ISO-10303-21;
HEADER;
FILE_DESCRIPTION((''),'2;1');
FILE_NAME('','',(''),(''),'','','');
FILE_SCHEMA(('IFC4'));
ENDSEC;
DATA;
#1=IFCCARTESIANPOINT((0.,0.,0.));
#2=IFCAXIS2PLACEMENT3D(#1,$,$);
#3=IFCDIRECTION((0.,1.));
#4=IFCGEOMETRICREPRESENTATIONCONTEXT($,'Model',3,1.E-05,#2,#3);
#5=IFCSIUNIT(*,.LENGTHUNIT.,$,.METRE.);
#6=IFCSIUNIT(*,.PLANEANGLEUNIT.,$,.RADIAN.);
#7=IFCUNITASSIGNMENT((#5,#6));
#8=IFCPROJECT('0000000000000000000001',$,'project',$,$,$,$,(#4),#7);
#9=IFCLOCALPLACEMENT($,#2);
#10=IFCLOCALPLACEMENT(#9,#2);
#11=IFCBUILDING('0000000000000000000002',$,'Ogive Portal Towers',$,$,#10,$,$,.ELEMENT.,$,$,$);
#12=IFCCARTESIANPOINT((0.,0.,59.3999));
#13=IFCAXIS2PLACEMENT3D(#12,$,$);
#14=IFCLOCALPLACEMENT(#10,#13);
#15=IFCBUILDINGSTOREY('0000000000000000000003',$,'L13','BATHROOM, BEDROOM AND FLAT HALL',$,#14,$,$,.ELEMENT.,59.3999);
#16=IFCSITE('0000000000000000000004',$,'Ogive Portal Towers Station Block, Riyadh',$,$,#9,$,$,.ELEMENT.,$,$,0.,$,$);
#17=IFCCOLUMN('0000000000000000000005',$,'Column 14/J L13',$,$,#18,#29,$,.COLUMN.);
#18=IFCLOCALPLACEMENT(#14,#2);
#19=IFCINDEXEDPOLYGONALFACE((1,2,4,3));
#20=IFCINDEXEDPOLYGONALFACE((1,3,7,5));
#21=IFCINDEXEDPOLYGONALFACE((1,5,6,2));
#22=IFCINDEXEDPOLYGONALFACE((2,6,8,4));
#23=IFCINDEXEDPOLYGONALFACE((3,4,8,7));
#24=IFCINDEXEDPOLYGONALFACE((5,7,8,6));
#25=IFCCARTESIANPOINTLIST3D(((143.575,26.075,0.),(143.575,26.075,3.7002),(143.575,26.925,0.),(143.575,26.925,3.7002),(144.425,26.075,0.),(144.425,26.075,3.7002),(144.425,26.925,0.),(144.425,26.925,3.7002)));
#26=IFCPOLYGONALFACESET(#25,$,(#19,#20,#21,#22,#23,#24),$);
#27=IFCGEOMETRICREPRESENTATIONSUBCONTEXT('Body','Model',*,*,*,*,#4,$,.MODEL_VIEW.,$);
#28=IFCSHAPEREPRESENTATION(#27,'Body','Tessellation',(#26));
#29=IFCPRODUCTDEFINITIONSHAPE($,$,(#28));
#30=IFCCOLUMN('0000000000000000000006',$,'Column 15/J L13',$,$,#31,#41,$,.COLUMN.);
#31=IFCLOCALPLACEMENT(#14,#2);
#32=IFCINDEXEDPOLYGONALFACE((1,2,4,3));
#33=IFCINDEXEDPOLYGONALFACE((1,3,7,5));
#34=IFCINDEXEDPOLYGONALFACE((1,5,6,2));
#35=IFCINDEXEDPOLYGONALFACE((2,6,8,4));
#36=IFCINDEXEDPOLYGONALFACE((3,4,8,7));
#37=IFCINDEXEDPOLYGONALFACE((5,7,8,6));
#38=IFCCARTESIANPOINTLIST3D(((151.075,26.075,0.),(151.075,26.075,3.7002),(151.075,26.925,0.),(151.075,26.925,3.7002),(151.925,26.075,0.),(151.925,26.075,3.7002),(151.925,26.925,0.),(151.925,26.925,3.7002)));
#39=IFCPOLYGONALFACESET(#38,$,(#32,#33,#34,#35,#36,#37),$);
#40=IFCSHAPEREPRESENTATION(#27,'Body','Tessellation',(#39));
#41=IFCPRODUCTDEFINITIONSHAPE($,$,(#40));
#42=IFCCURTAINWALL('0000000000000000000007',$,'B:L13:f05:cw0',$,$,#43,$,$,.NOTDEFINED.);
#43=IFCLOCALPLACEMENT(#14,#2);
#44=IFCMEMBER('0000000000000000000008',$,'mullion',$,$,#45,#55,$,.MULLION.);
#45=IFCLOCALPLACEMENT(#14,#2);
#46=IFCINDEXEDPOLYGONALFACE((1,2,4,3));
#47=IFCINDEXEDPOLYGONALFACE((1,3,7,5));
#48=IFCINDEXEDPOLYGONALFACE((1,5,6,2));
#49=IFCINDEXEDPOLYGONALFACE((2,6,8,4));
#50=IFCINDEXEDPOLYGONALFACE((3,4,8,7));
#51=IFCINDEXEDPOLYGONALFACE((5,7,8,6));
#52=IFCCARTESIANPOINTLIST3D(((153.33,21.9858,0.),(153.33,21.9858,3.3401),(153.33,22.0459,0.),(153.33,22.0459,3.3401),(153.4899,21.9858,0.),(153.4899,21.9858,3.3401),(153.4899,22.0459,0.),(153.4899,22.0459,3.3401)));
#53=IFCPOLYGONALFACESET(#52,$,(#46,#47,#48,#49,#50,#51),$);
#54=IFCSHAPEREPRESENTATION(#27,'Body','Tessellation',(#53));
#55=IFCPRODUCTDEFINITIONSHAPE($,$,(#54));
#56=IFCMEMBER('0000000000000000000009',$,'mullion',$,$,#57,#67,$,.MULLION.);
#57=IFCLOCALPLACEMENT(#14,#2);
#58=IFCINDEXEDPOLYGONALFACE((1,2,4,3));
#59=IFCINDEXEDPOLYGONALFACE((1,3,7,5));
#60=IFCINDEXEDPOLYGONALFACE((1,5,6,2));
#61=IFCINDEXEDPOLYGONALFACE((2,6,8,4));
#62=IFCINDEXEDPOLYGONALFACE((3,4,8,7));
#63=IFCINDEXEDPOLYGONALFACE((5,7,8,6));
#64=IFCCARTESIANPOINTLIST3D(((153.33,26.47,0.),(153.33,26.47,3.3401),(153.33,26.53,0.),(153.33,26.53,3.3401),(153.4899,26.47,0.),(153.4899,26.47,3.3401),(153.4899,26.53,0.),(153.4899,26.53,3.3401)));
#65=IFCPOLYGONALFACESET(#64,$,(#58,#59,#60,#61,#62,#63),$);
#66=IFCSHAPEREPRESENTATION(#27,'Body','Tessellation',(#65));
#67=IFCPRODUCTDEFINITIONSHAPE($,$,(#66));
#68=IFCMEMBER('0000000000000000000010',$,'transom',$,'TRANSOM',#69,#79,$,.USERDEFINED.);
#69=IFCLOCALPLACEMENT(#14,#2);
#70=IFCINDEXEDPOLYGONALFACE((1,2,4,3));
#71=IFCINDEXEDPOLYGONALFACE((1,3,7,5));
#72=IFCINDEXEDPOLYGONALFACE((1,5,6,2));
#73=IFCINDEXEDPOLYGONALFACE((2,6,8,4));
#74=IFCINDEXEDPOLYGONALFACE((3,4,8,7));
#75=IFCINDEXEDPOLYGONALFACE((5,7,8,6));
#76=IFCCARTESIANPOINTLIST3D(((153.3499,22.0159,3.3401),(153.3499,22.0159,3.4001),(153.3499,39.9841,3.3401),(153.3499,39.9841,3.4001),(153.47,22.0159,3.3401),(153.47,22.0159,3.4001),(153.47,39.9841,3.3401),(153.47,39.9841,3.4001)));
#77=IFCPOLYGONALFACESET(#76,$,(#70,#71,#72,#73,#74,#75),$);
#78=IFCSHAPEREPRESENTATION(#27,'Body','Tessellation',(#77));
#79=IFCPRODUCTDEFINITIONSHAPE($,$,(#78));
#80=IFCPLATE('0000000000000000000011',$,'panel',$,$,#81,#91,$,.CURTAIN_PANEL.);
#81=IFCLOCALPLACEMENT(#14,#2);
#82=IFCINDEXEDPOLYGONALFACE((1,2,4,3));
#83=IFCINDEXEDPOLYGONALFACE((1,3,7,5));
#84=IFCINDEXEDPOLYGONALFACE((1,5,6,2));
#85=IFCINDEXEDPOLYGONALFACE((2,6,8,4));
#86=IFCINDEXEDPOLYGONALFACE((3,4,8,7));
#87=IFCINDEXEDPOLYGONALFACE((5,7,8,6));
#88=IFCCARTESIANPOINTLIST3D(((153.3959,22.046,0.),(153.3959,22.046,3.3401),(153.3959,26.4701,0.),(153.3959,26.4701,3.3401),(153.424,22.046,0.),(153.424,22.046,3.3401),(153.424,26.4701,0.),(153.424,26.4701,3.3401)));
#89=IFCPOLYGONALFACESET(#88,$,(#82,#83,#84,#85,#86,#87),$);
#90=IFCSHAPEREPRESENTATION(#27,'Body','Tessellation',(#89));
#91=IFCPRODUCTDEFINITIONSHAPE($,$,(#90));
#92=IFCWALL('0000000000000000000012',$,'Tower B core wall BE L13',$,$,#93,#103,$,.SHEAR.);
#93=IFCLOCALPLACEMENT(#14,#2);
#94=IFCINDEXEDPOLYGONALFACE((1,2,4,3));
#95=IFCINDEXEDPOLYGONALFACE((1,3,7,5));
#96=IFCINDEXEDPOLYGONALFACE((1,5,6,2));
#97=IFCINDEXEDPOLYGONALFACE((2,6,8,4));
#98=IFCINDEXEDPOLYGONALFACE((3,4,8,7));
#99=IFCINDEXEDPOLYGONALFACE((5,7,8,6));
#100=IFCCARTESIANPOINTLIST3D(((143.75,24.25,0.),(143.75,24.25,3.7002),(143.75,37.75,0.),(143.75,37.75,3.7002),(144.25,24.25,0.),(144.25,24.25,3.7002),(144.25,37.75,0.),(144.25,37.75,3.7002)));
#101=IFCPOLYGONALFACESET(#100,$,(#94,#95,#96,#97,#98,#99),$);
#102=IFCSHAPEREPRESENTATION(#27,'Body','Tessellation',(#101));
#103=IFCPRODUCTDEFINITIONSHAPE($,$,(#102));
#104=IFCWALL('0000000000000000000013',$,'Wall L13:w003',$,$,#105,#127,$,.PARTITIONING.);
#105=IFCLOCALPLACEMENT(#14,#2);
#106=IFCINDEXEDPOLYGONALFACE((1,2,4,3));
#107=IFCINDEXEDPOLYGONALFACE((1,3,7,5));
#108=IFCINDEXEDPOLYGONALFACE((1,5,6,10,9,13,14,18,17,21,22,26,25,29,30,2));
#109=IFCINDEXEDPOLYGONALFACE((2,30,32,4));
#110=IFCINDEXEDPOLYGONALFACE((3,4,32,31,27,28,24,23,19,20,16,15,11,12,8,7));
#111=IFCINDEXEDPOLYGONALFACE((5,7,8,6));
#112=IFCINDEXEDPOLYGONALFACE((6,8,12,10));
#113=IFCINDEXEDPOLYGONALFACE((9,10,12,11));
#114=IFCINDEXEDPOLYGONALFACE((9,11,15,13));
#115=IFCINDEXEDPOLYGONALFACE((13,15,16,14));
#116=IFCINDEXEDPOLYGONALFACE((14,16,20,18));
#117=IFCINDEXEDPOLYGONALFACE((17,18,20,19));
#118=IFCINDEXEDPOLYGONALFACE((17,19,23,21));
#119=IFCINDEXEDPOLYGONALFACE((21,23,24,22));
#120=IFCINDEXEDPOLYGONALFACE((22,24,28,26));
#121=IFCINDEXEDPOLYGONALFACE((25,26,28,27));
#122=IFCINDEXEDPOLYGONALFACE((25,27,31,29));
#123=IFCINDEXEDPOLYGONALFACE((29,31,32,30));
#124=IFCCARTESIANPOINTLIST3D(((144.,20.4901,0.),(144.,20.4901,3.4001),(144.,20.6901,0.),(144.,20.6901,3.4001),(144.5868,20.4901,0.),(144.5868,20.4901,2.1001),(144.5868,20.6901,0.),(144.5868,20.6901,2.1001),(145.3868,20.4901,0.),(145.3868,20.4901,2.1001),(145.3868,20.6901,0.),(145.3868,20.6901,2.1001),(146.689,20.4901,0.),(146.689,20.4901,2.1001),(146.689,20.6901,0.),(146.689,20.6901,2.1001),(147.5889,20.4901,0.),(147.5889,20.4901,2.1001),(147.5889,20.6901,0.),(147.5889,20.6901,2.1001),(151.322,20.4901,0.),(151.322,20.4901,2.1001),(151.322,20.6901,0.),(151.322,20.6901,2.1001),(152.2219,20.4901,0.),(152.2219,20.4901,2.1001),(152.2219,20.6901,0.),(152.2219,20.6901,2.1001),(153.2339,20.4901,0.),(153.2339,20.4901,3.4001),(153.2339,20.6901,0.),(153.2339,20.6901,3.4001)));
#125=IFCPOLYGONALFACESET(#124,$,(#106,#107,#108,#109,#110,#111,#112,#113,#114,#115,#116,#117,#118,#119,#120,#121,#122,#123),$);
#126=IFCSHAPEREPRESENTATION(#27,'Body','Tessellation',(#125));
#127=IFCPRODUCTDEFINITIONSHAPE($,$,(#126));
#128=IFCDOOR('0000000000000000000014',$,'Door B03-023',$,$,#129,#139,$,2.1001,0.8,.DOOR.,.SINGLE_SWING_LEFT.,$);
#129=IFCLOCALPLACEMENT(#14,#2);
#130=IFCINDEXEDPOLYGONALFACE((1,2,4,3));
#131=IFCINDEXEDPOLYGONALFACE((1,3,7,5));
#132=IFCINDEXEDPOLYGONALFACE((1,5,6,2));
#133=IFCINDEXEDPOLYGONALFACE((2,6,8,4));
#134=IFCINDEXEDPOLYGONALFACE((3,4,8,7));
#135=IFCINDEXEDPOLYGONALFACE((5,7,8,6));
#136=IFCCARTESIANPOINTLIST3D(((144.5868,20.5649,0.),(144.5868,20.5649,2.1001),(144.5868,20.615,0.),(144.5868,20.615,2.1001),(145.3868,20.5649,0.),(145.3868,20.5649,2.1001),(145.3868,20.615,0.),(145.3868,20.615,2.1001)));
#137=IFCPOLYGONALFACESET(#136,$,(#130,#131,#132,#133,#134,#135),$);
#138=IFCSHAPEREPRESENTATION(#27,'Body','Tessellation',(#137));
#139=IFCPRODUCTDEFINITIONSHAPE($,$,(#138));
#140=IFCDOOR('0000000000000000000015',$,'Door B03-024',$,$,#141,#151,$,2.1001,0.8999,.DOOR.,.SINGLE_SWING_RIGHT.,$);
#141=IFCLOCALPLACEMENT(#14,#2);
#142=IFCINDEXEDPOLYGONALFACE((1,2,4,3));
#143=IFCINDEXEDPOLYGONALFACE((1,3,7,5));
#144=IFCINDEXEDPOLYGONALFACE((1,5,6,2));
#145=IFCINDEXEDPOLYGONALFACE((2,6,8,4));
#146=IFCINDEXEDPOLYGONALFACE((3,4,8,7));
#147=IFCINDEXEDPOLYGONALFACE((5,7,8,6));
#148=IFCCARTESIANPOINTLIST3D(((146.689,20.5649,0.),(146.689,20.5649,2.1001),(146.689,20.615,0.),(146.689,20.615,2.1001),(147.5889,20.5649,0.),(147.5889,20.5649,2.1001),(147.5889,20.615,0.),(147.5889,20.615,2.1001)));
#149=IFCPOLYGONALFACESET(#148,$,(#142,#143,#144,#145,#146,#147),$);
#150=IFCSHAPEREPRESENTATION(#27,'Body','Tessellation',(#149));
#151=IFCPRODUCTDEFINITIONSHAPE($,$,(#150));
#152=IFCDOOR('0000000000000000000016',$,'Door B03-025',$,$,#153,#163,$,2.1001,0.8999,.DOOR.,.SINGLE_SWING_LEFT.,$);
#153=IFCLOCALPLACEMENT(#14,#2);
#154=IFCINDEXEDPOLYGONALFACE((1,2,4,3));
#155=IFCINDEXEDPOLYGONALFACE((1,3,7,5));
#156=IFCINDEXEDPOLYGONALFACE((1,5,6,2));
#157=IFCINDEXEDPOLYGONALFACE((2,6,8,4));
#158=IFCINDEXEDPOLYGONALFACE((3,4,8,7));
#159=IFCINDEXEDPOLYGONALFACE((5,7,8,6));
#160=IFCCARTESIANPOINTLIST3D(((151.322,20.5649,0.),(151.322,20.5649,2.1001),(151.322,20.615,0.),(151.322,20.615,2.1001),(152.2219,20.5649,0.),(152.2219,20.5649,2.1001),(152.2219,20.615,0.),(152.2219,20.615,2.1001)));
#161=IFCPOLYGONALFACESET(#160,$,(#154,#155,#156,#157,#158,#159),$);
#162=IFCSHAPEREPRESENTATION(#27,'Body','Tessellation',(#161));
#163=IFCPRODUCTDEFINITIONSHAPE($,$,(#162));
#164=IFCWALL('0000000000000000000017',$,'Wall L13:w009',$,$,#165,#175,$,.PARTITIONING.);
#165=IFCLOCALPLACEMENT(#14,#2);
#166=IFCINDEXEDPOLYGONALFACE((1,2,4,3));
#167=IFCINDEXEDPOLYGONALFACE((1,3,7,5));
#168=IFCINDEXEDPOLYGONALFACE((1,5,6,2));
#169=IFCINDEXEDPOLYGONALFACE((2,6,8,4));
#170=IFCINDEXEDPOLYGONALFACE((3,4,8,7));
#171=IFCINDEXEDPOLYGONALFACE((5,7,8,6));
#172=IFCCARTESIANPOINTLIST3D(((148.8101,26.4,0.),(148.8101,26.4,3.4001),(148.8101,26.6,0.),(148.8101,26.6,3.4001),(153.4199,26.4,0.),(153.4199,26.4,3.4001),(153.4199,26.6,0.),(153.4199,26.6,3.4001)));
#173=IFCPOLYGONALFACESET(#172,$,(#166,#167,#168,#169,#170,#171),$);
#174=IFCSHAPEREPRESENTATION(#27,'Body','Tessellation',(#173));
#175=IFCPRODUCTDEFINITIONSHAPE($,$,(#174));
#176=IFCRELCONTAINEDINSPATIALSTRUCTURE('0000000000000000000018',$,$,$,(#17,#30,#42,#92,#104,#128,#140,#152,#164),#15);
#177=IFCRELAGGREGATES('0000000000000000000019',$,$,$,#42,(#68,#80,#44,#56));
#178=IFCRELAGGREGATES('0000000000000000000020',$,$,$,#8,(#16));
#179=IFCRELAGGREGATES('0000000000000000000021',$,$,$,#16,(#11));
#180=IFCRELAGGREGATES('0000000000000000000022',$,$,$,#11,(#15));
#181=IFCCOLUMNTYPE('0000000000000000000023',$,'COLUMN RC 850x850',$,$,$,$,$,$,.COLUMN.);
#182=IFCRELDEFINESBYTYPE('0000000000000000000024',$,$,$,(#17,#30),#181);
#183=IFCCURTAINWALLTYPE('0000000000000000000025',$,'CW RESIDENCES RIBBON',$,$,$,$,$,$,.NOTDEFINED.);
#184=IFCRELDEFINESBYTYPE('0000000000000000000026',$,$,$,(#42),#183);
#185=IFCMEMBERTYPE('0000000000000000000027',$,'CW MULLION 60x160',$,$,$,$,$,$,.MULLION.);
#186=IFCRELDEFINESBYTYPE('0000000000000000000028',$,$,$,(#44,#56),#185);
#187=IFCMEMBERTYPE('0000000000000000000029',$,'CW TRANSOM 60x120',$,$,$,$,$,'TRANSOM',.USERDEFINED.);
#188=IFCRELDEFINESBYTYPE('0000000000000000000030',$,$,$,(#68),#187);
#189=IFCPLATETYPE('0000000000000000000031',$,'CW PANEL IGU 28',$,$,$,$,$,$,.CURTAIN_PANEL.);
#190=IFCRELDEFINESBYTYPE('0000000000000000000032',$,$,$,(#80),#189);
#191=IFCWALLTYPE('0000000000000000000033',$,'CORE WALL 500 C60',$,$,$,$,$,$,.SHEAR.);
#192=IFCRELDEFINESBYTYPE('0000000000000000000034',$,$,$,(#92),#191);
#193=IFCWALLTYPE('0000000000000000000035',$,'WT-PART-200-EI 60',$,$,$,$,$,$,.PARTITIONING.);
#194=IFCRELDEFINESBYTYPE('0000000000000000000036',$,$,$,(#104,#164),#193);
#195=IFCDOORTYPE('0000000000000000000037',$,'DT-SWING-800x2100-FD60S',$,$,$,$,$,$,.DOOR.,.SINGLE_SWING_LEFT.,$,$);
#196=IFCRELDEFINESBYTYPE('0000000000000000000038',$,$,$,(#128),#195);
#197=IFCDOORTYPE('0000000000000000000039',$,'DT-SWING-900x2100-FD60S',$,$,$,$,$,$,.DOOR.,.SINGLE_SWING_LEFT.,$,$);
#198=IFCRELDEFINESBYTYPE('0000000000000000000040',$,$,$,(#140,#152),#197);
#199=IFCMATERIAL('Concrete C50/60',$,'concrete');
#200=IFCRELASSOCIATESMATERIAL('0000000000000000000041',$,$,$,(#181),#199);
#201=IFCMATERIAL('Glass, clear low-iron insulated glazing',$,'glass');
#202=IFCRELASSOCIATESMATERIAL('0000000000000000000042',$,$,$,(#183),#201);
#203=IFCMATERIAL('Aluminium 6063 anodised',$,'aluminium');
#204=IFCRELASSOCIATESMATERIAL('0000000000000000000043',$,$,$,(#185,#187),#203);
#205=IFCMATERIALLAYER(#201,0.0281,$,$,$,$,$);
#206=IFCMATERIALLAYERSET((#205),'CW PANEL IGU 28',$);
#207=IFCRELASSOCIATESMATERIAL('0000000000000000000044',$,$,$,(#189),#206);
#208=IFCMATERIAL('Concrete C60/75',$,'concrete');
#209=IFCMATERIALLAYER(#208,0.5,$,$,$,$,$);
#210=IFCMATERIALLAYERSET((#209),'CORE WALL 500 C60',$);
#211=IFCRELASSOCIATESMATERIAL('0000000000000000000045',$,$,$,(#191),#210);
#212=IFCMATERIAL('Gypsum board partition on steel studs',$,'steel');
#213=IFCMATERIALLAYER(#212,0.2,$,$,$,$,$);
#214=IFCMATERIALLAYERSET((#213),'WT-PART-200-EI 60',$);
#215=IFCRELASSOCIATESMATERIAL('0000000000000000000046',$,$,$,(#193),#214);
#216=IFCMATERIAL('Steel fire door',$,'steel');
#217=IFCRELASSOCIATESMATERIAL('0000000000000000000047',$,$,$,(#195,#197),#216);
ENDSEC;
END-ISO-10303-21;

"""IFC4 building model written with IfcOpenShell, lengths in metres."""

from ifc_helpers import new_model, si_unit, direction, frame, frame_2d, origin, origin_2d, place, context, subcontext, project, spatial, rectangle, extrude, material, layer, layer_set, material_profile, profile_set, type_object, element, fill, aggregate, save


model = new_model("IFC4")

# Units and contexts
model_context = context("Model", 3, precision=1e-05, world=origin(), true_north=direction((0.0, 1.0)))
body_context = subcontext(model_context, "Body", "Model", "MODEL_VIEW")
ifc_project = project(units=[si_unit("LENGTHUNIT", "METRE"), si_unit("PLANEANGLEUNIT", "RADIAN")], contexts=[model_context])

# Site, building, storey
site_placement = place(None, origin())
site = spatial("IfcSite", under=ifc_project, at=site_placement, Name="Ogive Portal Towers Station Block, Riyadh", CompositionType="ELEMENT", RefElevation=0.0)
building_placement = place(site_placement, origin())
building = spatial("IfcBuilding", under=site, at=building_placement, Name="Ogive Portal Towers", CompositionType="ELEMENT")
storey_placement = place(building_placement, frame((0.0, 0.0, 59.3999)))
storey = spatial("IfcBuildingStorey", under=building, at=storey_placement, Name="L13", Description="BATHROOM, BEDROOM AND FLAT HALL", CompositionType="ELEMENT", Elevation=59.3999)

# Columns
ifc_material_1 = material(Name="Concrete C50/60", Category="concrete")
ifc_material_profile_1 = material_profile(ifc_material_1, rectangle(XDim=0.8501, YDim=0.8501, at=origin_2d()), Name="RC 850x850")
ifc_profile_set_1 = profile_set([ifc_material_profile_1], Name="Concrete C50/60")
column_type = type_object("IfcColumnType", Name="COLUMN RC 850x850", PredefinedType="COLUMN", material=ifc_profile_set_1)
for number, where, z_axis, x_axis, name in (
    (1, (144.0, 26.5, 0.0), (0.0, 0.0, 1.0), (1.0, 0.0, 0.0), "Column 14/J L13"),
    (2, (151.5, 26.5, 0.0), (0.0, 0.0, 1.0), (1.0, 0.0, 0.0), "Column 15/J L13"),
):
    element("IfcColumn", number, at=place(storey_placement, frame(where, z_axis=z_axis, x_axis=x_axis)), inside=storey, type_object=column_type, Name=name, PredefinedType="COLUMN", context=body_context, shape_type="SweptSolid", body=[
        extrude(rectangle(XDim=0.8501, YDim=0.8501, at=origin_2d()), origin(), (0.0, 0.0, 1.0), 3.7002),
    ])

# Curtain wall, members, plate
ifc_material_2 = material(Name="Glass, clear low-iron insulated glazing", Category="glass")
curtain_wall_type = type_object("IfcCurtainWallType", Name="CW RESIDENCES RIBBON", PredefinedType="NOTDEFINED", material=ifc_material_2)
curtain_wall_placement = place(storey_placement, origin())
curtain_wall = element("IfcCurtainWall", 3, at=curtain_wall_placement, inside=storey, type_object=curtain_wall_type, Name="B:L13:f05:cw0", PredefinedType="NOTDEFINED")
ifc_material_3 = material(Name="Aluminium 6063 anodised", Category="aluminium")
ifc_material_profile_2 = material_profile(ifc_material_3, rectangle(XDim=0.1599, YDim=0.0601, at=origin_2d()), Name="AL 60x160")
ifc_profile_set_2 = profile_set([ifc_material_profile_2], Name="Aluminium 6063 anodised")
member_type_1 = type_object("IfcMemberType", Name="CW MULLION 60x160", PredefinedType="MULLION", material=ifc_profile_set_2)
member_1_placement = place(storey_placement, frame((153.4099, 22.0159, 0.0), z_axis=(0.0, 0.0, 1.0), x_axis=(-1.0, 0.0, 0.0)))
member_1 = element("IfcMember", 4, at=member_1_placement, type_object=member_type_1, Name="mullion", PredefinedType="MULLION", context=body_context, shape_type="SweptSolid", body=[
    extrude(rectangle(XDim=0.1599, YDim=0.0601, at=origin_2d()), origin(), (0.0, 0.0, 1.0), 3.3401),
])
member_2_placement = place(storey_placement, frame((153.4099, 26.5, 0.0), z_axis=(0.0, 0.0, 1.0), x_axis=(-1.0, 0.0, 0.0)))
member_2 = element("IfcMember", 5, at=member_2_placement, type_object=member_type_1, Name="mullion", PredefinedType="MULLION", context=body_context, shape_type="SweptSolid", body=[
    extrude(rectangle(XDim=0.1599, YDim=0.0601, at=origin_2d()), origin(), (0.0, 0.0, 1.0), 3.3401),
])
ifc_material_profile_3 = material_profile(ifc_material_3, rectangle(XDim=0.1201, YDim=0.0601, at=origin_2d()), Name="AL 120x60")
ifc_profile_set_3 = profile_set([ifc_material_profile_3], Name="Aluminium 6063 anodised")
member_type_2 = type_object("IfcMemberType", Name="CW TRANSOM 60x120", ElementType="TRANSOM", PredefinedType="USERDEFINED", material=ifc_profile_set_3)
member_3_placement = place(storey_placement, frame((153.4099, 22.0159, 3.3701), z_axis=(0.0, 1.0, 0.0), x_axis=(-1.0, 0.0, 0.0)))
member_3 = element("IfcMember", 6, at=member_3_placement, type_object=member_type_2, Name="transom", ObjectType="TRANSOM", PredefinedType="USERDEFINED", context=body_context, shape_type="SweptSolid", body=[
    extrude(rectangle(XDim=0.1201, YDim=0.0601, at=origin_2d()), origin(), (0.0, 0.0, 1.0), 17.9683),
])
ifc_layer_1 = layer(ifc_material_2, 0.0281)
ifc_layer_set_1 = layer_set([ifc_layer_1], Name="CW PANEL IGU 28")
plate_type = type_object("IfcPlateType", Name="CW PANEL IGU 28", PredefinedType="CURTAIN_PANEL", material=ifc_layer_set_1)
plate_placement = place(storey_placement, frame((153.4099, 24.2581, 0.0), z_axis=(0.0, 0.0, 1.0), x_axis=(0.0, 1.0, 0.0)))
plate = element("IfcPlate", 7, at=plate_placement, type_object=plate_type, Name="panel", PredefinedType="CURTAIN_PANEL", context=body_context, shape_type="SweptSolid", body=[
    extrude(rectangle(XDim=4.4241, YDim=0.0281, at=origin_2d()), origin(), (0.0, 0.0, 1.0), 3.3401),
])
aggregate(curtain_wall, [member_3, plate, member_1, member_2])

# Wall
ifc_material_4 = material(Name="Concrete C60/75", Category="concrete")
ifc_layer_2 = layer(ifc_material_4, 0.5)
ifc_layer_set_2 = layer_set([ifc_layer_2], Name="CORE WALL 500 C60")
wall_type_1 = type_object("IfcWallType", Name="CORE WALL 500 C60", PredefinedType="SHEAR", material=ifc_layer_set_2)
wall_1_placement = place(storey_placement, frame((144.0, 24.25, 0.0), z_axis=(0.0, 0.0, 1.0), x_axis=(0.0, 1.0, 0.0)))
element("IfcWall", 8, at=wall_1_placement, inside=storey, type_object=wall_type_1, Name="Tower B core wall BE L13", PredefinedType="SHEAR", context=body_context, shape_type="SweptSolid", body=[
    extrude(rectangle(XDim=13.5, YDim=0.5, at=frame_2d((6.75, 0.0))), origin(), (0.0, 0.0, 1.0), 3.7002),
])

# Wall, openings, doors
ifc_material_5 = material(Name="Gypsum board partition on steel studs", Category="steel")
ifc_layer_3 = layer(ifc_material_5, 0.2)
ifc_layer_set_3 = layer_set([ifc_layer_3], Name="WT-PART-200-EI 60")
wall_type_2 = type_object("IfcWallType", Name="WT-PART-200-EI 60", PredefinedType="PARTITIONING", material=ifc_layer_set_3)
wall_2_placement = place(storey_placement, frame((144.0, 20.5901, 0.0), z_axis=(0.0, 0.0, 1.0), x_axis=(1.0, 0.0, 0.0)))
wall_2 = element("IfcWall", 9, at=wall_2_placement, inside=storey, type_object=wall_type_2, Name="Wall L13:w003", PredefinedType="PARTITIONING", context=body_context, shape_type="SweptSolid", body=[
    extrude(rectangle(XDim=9.2339, YDim=0.2, at=frame_2d((4.6169, 0.0))), origin(), (0.0, 0.0, 1.0), 3.4001),
])
opening_1_placement = place(wall_2_placement, frame((0.5869, 0.0, 0.0)))
opening_1 = element("IfcOpeningElement", 10, at=opening_1_placement, cuts=wall_2, PredefinedType="OPENING", context=body_context, shape_type="SweptSolid", body=[
    extrude(rectangle(XDim=0.8, YDim=2.1001, at=frame_2d((0.3999, 1.05))), frame((0.0, 0.1099, 0.0), z_axis=(0.0, -1.0, 0.0), x_axis=(1.0, 0.0, 0.0)), (0.0, 0.0, 1.0), 0.22),
])
opening_2_placement = place(wall_2_placement, frame((2.689, 0.0, 0.0)))
opening_2 = element("IfcOpeningElement", 11, at=opening_2_placement, cuts=wall_2, PredefinedType="OPENING", context=body_context, shape_type="SweptSolid", body=[
    extrude(rectangle(XDim=0.8999, YDim=2.1001, at=frame_2d((0.45, 1.05))), frame((0.0, 0.1099, 0.0), z_axis=(0.0, -1.0, 0.0), x_axis=(1.0, 0.0, 0.0)), (0.0, 0.0, 1.0), 0.22),
])
opening_3_placement = place(wall_2_placement, frame((7.322, 0.0, 0.0)))
opening_3 = element("IfcOpeningElement", 12, at=opening_3_placement, cuts=wall_2, PredefinedType="OPENING", context=body_context, shape_type="SweptSolid", body=[
    extrude(rectangle(XDim=0.8999, YDim=2.1001, at=frame_2d((0.45, 1.05))), frame((0.0, 0.1099, 0.0), z_axis=(0.0, -1.0, 0.0), x_axis=(1.0, 0.0, 0.0)), (0.0, 0.0, 1.0), 0.22),
])
ifc_material_6 = material(Name="Steel fire door", Category="steel")
door_type_1 = type_object("IfcDoorType", Name="DT-SWING-800x2100-FD60S", OperationType="SINGLE_SWING_LEFT", PredefinedType="DOOR", material=ifc_material_6)
door_1_placement = place(opening_1_placement, origin())
door_1 = element("IfcDoor", 13, at=door_1_placement, inside=storey, type_object=door_type_1, Name="Door B03-023", OperationType="SINGLE_SWING_LEFT", OverallHeight=2.1001, OverallWidth=0.8, PredefinedType="DOOR", context=body_context, shape_type="SweptSolid", body=[
    extrude(rectangle(XDim=0.8, YDim=2.1001, at=frame_2d((0.3999, 1.05))), frame((0.0, 0.0249, 0.0), z_axis=(0.0, -1.0, 0.0), x_axis=(1.0, 0.0, 0.0)), (0.0, 0.0, 1.0), 0.05),
])
fill(opening_1, door_1)
door_type_2 = type_object("IfcDoorType", Name="DT-SWING-900x2100-FD60S", OperationType="SINGLE_SWING_LEFT", PredefinedType="DOOR", material=ifc_material_6)
door_2_placement = place(opening_2_placement, origin())
door_2 = element("IfcDoor", 14, at=door_2_placement, inside=storey, type_object=door_type_2, Name="Door B03-024", OperationType="SINGLE_SWING_RIGHT", OverallHeight=2.1001, OverallWidth=0.8999, PredefinedType="DOOR", context=body_context, shape_type="SweptSolid", body=[
    extrude(rectangle(XDim=0.8999, YDim=2.1001, at=frame_2d((0.45, 1.05))), frame((0.0, 0.0249, 0.0), z_axis=(0.0, -1.0, 0.0), x_axis=(1.0, 0.0, 0.0)), (0.0, 0.0, 1.0), 0.05),
])
fill(opening_2, door_2)
door_3_placement = place(opening_3_placement, origin())
door_3 = element("IfcDoor", 15, at=door_3_placement, inside=storey, type_object=door_type_2, Name="Door B03-025", OperationType="SINGLE_SWING_LEFT", OverallHeight=2.1001, OverallWidth=0.8999, PredefinedType="DOOR", context=body_context, shape_type="SweptSolid", body=[
    extrude(rectangle(XDim=0.8999, YDim=2.1001, at=frame_2d((0.45, 1.05))), frame((0.0, 0.0249, 0.0), z_axis=(0.0, -1.0, 0.0), x_axis=(1.0, 0.0, 0.0)), (0.0, 0.0, 1.0), 0.05),
])
fill(opening_3, door_3)

# Wall
wall_3_placement = place(storey_placement, frame((148.8101, 26.5, 0.0), z_axis=(0.0, 0.0, 1.0), x_axis=(1.0, 0.0, 0.0)))
element("IfcWall", 16, at=wall_3_placement, inside=storey, type_object=wall_type_2, Name="Wall L13:w009", PredefinedType="PARTITIONING", context=body_context, shape_type="SweptSolid", body=[
    extrude(rectangle(XDim=4.6099, YDim=0.2, at=frame_2d((2.3049, 0.0))), origin(), (0.0, 0.0, 1.0), 3.4001),
])

save(model, "model.ifc")
